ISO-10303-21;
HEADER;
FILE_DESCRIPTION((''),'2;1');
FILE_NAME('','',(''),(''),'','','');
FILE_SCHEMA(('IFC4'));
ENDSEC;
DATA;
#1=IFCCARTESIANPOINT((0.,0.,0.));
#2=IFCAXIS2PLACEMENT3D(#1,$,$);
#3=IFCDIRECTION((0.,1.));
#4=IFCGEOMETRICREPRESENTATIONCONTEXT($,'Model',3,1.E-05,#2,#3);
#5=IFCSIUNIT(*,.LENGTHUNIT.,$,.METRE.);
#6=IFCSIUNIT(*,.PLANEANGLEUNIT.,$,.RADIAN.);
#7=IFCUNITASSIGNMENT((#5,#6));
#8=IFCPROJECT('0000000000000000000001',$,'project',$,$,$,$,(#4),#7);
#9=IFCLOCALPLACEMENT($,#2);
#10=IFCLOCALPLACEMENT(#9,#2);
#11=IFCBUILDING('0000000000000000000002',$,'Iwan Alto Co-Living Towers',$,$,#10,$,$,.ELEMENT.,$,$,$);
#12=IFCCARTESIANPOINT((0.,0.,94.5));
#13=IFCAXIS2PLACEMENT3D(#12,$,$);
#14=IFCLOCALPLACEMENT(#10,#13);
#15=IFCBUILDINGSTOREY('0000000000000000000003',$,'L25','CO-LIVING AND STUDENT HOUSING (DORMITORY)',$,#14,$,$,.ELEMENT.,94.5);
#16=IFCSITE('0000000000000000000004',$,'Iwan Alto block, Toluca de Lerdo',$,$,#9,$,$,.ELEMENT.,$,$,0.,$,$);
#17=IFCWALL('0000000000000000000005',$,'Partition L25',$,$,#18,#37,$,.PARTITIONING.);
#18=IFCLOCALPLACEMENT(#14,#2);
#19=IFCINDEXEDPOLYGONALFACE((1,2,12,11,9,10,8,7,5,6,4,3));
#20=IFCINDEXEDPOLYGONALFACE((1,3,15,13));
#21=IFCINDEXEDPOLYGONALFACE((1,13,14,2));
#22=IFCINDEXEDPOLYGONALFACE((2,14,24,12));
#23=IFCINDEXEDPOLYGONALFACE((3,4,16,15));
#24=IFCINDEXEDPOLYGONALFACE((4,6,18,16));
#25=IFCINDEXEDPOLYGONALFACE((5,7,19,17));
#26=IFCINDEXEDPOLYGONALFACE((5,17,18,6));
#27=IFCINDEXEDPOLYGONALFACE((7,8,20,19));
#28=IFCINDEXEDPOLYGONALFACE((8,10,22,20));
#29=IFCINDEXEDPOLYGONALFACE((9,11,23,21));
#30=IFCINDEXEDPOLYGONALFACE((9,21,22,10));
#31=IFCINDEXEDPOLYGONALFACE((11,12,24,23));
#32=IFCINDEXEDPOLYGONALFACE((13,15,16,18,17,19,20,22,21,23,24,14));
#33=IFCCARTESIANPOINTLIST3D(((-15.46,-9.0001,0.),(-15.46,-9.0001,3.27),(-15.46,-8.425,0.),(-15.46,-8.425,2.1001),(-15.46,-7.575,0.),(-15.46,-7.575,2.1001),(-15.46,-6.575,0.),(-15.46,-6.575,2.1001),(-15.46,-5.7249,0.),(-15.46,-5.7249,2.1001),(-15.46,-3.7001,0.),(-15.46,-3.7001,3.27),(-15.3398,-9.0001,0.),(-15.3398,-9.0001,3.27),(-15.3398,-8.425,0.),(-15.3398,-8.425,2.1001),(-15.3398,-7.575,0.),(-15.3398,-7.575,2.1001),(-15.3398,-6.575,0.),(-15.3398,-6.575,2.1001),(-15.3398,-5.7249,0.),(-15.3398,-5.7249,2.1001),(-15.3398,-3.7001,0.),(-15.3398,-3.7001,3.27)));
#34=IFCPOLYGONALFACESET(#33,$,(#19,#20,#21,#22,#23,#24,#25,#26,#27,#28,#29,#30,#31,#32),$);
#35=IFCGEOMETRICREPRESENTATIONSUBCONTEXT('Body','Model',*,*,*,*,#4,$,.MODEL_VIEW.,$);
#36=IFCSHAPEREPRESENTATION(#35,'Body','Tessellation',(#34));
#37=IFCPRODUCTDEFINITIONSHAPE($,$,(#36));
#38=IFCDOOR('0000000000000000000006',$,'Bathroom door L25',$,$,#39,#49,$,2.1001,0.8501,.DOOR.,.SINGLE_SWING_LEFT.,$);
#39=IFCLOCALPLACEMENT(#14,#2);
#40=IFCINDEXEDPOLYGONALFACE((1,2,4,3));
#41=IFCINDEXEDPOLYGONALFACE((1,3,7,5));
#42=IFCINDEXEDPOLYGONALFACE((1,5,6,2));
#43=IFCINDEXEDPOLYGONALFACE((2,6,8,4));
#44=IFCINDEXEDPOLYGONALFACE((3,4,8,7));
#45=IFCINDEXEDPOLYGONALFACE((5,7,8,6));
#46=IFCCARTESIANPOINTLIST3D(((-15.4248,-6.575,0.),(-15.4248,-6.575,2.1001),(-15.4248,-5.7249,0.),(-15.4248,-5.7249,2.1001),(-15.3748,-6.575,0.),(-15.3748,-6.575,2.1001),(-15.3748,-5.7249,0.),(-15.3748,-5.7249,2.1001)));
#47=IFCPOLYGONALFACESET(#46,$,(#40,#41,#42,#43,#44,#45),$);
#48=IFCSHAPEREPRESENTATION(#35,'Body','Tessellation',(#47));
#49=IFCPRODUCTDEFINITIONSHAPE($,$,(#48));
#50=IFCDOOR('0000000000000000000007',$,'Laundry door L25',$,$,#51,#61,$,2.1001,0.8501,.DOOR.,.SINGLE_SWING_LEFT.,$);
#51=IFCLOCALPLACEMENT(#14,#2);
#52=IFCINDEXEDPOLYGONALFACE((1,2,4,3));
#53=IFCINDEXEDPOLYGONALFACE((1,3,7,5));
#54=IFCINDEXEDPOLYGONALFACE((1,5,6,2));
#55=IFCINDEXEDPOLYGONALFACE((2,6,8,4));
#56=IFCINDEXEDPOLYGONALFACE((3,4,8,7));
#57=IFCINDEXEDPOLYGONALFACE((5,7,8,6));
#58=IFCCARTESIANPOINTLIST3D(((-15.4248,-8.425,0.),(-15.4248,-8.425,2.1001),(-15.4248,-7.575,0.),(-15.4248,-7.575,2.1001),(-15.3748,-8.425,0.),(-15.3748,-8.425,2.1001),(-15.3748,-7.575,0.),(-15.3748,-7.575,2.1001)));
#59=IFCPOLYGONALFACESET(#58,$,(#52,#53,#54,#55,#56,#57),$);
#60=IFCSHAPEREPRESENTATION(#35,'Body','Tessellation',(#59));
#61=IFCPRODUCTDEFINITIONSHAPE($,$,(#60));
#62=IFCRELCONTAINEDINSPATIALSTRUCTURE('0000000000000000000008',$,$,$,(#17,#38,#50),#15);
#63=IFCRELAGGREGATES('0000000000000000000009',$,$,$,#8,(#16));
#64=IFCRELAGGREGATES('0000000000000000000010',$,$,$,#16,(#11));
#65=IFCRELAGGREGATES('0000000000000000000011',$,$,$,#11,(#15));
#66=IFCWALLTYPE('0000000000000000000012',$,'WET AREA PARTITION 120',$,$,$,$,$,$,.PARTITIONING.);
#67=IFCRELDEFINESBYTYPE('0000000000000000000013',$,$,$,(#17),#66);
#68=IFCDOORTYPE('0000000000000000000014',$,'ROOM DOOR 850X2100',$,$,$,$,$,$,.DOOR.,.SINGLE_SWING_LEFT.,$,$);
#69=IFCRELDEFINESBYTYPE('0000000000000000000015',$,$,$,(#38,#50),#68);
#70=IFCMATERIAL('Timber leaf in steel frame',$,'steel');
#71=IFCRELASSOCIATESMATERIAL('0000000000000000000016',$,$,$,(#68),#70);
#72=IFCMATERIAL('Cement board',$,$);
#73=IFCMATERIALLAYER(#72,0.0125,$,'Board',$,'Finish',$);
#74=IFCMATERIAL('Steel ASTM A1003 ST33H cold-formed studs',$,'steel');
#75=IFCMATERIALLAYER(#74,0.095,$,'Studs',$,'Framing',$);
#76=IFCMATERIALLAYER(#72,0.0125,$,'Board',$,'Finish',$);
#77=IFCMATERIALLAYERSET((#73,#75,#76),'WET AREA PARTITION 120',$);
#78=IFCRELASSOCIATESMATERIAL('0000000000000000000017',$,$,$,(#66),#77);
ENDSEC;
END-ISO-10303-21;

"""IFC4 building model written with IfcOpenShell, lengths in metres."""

from ifc_helpers import new_model, si_unit, direction, frame, frame_2d, origin, place, context, subcontext, project, spatial, rectangle, extrude, material, layer, layer_set, type_object, element, fill, save


model = new_model("IFC4")

# Units and contexts
model_context = context("Model", 3, precision=1e-05, world=origin(), true_north=direction((0.0, 1.0)))
body_context = subcontext(model_context, "Body", "Model", "MODEL_VIEW")
ifc_project = project(units=[si_unit("LENGTHUNIT", "METRE"), si_unit("PLANEANGLEUNIT", "RADIAN")], contexts=[model_context])

# Site, building, storey
site_placement = place(None, origin())
site = spatial("IfcSite", under=ifc_project, at=site_placement, Name="Iwan Alto block, Toluca de Lerdo", CompositionType="ELEMENT", RefElevation=0.0)
building_placement = place(site_placement, origin())
building = spatial("IfcBuilding", under=site, at=building_placement, Name="Iwan Alto Co-Living Towers", CompositionType="ELEMENT")
storey_placement = place(building_placement, frame((0.0, 0.0, 94.5)))
storey = spatial("IfcBuildingStorey", under=building, at=storey_placement, Name="L25", Description="CO-LIVING AND STUDENT HOUSING (DORMITORY)", CompositionType="ELEMENT", Elevation=94.5)

# Shared definitions
ifc_material_1 = material(Name="Steel ASTM A1003 ST33H cold-formed studs", Category="steel")

# Shared definitions
ifc_material_2 = material(Name="Timber leaf in steel frame", Category="steel")
door_type_1 = type_object("IfcDoorType", Name="ROOM DOOR 850X2100", OperationType="SINGLE_SWING_LEFT", PredefinedType="DOOR", material=ifc_material_2)

# Shared definitions
ifc_material_3 = material(Name="Cement board")
ifc_layer_1 = layer(ifc_material_3, 0.0125, Name="Board", Category="Finish")
ifc_layer_2 = layer(ifc_material_1, 0.095, Name="Studs", Category="Framing")
ifc_layer_3 = layer(ifc_material_3, 0.0125, Name="Board", Category="Finish")
ifc_layer_set_1 = layer_set([ifc_layer_1, ifc_layer_2, ifc_layer_3], Name="WET AREA PARTITION 120")
wall_type_1 = type_object("IfcWallType", Name="WET AREA PARTITION 120", PredefinedType="PARTITIONING", material=ifc_layer_set_1)

# Wall, openings, doors
wall_1_placement = place(storey_placement, frame((-15.3999, -9.0, 0.0), z_axis=(0.0, 0.0, 1.0), x_axis=(0.0, 1.0, 0.0)))
wall_1 = element("IfcWall", 1, at=wall_1_placement, inside=storey, type_object=wall_type_1, Name="Partition L25", PredefinedType="PARTITIONING", context=body_context, shape_type="SweptSolid", body=[
    extrude(rectangle(XDim=5.3, YDim=0.1201, at=frame_2d((2.6499, 0.0))), origin(), (0.0, 0.0, 1.0), 3.27),
])
opening_1_placement = place(wall_1_placement, frame((2.425, 0.0, 0.0)))
opening_1 = element("IfcOpeningElement", 2, at=opening_1_placement, cuts=wall_1, PredefinedType="OPENING", context=body_context, shape_type="SweptSolid", body=[
    extrude(rectangle(XDim=0.8501, YDim=2.1001, at=frame_2d((0.425, 1.05))), frame((0.0, 0.0701, 0.0), z_axis=(0.0, -1.0, 0.0), x_axis=(1.0, 0.0, 0.0)), (0.0, 0.0, 1.0), 0.1401),
])
opening_2_placement = place(wall_1_placement, frame((0.575, 0.0, 0.0)))
opening_2 = element("IfcOpeningElement", 3, at=opening_2_placement, cuts=wall_1, PredefinedType="OPENING", context=body_context, shape_type="SweptSolid", body=[
    extrude(rectangle(XDim=0.8501, YDim=2.1001, at=frame_2d((0.425, 1.05))), frame((0.0, 0.0701, 0.0), z_axis=(0.0, -1.0, 0.0), x_axis=(1.0, 0.0, 0.0)), (0.0, 0.0, 1.0), 0.1401),
])
door_1_placement = place(opening_1_placement, origin())
door_1 = element("IfcDoor", 4, at=door_1_placement, inside=storey, type_object=door_type_1, Name="Bathroom door L25", OperationType="SINGLE_SWING_LEFT", OverallHeight=2.1001, OverallWidth=0.8501, PredefinedType="DOOR", context=body_context, shape_type="SweptSolid", body=[
    extrude(rectangle(XDim=0.8501, YDim=2.1001, at=frame_2d((0.425, 1.05))), frame((0.0, 0.0249, 0.0), z_axis=(0.0, -1.0, 0.0), x_axis=(1.0, 0.0, 0.0)), (0.0, 0.0, 1.0), 0.05),
])
fill(opening_1, door_1)
door_2_placement = place(opening_2_placement, origin())
door_2 = element("IfcDoor", 5, at=door_2_placement, inside=storey, type_object=door_type_1, Name="Laundry door L25", OperationType="SINGLE_SWING_LEFT", OverallHeight=2.1001, OverallWidth=0.8501, PredefinedType="DOOR", context=body_context, shape_type="SweptSolid", body=[
    extrude(rectangle(XDim=0.8501, YDim=2.1001, at=frame_2d((0.425, 1.05))), frame((0.0, 0.0249, 0.0), z_axis=(0.0, -1.0, 0.0), x_axis=(1.0, 0.0, 0.0)), (0.0, 0.0, 1.0), 0.05),
])
fill(opening_2, door_2)

save(model, "model.ifc")
